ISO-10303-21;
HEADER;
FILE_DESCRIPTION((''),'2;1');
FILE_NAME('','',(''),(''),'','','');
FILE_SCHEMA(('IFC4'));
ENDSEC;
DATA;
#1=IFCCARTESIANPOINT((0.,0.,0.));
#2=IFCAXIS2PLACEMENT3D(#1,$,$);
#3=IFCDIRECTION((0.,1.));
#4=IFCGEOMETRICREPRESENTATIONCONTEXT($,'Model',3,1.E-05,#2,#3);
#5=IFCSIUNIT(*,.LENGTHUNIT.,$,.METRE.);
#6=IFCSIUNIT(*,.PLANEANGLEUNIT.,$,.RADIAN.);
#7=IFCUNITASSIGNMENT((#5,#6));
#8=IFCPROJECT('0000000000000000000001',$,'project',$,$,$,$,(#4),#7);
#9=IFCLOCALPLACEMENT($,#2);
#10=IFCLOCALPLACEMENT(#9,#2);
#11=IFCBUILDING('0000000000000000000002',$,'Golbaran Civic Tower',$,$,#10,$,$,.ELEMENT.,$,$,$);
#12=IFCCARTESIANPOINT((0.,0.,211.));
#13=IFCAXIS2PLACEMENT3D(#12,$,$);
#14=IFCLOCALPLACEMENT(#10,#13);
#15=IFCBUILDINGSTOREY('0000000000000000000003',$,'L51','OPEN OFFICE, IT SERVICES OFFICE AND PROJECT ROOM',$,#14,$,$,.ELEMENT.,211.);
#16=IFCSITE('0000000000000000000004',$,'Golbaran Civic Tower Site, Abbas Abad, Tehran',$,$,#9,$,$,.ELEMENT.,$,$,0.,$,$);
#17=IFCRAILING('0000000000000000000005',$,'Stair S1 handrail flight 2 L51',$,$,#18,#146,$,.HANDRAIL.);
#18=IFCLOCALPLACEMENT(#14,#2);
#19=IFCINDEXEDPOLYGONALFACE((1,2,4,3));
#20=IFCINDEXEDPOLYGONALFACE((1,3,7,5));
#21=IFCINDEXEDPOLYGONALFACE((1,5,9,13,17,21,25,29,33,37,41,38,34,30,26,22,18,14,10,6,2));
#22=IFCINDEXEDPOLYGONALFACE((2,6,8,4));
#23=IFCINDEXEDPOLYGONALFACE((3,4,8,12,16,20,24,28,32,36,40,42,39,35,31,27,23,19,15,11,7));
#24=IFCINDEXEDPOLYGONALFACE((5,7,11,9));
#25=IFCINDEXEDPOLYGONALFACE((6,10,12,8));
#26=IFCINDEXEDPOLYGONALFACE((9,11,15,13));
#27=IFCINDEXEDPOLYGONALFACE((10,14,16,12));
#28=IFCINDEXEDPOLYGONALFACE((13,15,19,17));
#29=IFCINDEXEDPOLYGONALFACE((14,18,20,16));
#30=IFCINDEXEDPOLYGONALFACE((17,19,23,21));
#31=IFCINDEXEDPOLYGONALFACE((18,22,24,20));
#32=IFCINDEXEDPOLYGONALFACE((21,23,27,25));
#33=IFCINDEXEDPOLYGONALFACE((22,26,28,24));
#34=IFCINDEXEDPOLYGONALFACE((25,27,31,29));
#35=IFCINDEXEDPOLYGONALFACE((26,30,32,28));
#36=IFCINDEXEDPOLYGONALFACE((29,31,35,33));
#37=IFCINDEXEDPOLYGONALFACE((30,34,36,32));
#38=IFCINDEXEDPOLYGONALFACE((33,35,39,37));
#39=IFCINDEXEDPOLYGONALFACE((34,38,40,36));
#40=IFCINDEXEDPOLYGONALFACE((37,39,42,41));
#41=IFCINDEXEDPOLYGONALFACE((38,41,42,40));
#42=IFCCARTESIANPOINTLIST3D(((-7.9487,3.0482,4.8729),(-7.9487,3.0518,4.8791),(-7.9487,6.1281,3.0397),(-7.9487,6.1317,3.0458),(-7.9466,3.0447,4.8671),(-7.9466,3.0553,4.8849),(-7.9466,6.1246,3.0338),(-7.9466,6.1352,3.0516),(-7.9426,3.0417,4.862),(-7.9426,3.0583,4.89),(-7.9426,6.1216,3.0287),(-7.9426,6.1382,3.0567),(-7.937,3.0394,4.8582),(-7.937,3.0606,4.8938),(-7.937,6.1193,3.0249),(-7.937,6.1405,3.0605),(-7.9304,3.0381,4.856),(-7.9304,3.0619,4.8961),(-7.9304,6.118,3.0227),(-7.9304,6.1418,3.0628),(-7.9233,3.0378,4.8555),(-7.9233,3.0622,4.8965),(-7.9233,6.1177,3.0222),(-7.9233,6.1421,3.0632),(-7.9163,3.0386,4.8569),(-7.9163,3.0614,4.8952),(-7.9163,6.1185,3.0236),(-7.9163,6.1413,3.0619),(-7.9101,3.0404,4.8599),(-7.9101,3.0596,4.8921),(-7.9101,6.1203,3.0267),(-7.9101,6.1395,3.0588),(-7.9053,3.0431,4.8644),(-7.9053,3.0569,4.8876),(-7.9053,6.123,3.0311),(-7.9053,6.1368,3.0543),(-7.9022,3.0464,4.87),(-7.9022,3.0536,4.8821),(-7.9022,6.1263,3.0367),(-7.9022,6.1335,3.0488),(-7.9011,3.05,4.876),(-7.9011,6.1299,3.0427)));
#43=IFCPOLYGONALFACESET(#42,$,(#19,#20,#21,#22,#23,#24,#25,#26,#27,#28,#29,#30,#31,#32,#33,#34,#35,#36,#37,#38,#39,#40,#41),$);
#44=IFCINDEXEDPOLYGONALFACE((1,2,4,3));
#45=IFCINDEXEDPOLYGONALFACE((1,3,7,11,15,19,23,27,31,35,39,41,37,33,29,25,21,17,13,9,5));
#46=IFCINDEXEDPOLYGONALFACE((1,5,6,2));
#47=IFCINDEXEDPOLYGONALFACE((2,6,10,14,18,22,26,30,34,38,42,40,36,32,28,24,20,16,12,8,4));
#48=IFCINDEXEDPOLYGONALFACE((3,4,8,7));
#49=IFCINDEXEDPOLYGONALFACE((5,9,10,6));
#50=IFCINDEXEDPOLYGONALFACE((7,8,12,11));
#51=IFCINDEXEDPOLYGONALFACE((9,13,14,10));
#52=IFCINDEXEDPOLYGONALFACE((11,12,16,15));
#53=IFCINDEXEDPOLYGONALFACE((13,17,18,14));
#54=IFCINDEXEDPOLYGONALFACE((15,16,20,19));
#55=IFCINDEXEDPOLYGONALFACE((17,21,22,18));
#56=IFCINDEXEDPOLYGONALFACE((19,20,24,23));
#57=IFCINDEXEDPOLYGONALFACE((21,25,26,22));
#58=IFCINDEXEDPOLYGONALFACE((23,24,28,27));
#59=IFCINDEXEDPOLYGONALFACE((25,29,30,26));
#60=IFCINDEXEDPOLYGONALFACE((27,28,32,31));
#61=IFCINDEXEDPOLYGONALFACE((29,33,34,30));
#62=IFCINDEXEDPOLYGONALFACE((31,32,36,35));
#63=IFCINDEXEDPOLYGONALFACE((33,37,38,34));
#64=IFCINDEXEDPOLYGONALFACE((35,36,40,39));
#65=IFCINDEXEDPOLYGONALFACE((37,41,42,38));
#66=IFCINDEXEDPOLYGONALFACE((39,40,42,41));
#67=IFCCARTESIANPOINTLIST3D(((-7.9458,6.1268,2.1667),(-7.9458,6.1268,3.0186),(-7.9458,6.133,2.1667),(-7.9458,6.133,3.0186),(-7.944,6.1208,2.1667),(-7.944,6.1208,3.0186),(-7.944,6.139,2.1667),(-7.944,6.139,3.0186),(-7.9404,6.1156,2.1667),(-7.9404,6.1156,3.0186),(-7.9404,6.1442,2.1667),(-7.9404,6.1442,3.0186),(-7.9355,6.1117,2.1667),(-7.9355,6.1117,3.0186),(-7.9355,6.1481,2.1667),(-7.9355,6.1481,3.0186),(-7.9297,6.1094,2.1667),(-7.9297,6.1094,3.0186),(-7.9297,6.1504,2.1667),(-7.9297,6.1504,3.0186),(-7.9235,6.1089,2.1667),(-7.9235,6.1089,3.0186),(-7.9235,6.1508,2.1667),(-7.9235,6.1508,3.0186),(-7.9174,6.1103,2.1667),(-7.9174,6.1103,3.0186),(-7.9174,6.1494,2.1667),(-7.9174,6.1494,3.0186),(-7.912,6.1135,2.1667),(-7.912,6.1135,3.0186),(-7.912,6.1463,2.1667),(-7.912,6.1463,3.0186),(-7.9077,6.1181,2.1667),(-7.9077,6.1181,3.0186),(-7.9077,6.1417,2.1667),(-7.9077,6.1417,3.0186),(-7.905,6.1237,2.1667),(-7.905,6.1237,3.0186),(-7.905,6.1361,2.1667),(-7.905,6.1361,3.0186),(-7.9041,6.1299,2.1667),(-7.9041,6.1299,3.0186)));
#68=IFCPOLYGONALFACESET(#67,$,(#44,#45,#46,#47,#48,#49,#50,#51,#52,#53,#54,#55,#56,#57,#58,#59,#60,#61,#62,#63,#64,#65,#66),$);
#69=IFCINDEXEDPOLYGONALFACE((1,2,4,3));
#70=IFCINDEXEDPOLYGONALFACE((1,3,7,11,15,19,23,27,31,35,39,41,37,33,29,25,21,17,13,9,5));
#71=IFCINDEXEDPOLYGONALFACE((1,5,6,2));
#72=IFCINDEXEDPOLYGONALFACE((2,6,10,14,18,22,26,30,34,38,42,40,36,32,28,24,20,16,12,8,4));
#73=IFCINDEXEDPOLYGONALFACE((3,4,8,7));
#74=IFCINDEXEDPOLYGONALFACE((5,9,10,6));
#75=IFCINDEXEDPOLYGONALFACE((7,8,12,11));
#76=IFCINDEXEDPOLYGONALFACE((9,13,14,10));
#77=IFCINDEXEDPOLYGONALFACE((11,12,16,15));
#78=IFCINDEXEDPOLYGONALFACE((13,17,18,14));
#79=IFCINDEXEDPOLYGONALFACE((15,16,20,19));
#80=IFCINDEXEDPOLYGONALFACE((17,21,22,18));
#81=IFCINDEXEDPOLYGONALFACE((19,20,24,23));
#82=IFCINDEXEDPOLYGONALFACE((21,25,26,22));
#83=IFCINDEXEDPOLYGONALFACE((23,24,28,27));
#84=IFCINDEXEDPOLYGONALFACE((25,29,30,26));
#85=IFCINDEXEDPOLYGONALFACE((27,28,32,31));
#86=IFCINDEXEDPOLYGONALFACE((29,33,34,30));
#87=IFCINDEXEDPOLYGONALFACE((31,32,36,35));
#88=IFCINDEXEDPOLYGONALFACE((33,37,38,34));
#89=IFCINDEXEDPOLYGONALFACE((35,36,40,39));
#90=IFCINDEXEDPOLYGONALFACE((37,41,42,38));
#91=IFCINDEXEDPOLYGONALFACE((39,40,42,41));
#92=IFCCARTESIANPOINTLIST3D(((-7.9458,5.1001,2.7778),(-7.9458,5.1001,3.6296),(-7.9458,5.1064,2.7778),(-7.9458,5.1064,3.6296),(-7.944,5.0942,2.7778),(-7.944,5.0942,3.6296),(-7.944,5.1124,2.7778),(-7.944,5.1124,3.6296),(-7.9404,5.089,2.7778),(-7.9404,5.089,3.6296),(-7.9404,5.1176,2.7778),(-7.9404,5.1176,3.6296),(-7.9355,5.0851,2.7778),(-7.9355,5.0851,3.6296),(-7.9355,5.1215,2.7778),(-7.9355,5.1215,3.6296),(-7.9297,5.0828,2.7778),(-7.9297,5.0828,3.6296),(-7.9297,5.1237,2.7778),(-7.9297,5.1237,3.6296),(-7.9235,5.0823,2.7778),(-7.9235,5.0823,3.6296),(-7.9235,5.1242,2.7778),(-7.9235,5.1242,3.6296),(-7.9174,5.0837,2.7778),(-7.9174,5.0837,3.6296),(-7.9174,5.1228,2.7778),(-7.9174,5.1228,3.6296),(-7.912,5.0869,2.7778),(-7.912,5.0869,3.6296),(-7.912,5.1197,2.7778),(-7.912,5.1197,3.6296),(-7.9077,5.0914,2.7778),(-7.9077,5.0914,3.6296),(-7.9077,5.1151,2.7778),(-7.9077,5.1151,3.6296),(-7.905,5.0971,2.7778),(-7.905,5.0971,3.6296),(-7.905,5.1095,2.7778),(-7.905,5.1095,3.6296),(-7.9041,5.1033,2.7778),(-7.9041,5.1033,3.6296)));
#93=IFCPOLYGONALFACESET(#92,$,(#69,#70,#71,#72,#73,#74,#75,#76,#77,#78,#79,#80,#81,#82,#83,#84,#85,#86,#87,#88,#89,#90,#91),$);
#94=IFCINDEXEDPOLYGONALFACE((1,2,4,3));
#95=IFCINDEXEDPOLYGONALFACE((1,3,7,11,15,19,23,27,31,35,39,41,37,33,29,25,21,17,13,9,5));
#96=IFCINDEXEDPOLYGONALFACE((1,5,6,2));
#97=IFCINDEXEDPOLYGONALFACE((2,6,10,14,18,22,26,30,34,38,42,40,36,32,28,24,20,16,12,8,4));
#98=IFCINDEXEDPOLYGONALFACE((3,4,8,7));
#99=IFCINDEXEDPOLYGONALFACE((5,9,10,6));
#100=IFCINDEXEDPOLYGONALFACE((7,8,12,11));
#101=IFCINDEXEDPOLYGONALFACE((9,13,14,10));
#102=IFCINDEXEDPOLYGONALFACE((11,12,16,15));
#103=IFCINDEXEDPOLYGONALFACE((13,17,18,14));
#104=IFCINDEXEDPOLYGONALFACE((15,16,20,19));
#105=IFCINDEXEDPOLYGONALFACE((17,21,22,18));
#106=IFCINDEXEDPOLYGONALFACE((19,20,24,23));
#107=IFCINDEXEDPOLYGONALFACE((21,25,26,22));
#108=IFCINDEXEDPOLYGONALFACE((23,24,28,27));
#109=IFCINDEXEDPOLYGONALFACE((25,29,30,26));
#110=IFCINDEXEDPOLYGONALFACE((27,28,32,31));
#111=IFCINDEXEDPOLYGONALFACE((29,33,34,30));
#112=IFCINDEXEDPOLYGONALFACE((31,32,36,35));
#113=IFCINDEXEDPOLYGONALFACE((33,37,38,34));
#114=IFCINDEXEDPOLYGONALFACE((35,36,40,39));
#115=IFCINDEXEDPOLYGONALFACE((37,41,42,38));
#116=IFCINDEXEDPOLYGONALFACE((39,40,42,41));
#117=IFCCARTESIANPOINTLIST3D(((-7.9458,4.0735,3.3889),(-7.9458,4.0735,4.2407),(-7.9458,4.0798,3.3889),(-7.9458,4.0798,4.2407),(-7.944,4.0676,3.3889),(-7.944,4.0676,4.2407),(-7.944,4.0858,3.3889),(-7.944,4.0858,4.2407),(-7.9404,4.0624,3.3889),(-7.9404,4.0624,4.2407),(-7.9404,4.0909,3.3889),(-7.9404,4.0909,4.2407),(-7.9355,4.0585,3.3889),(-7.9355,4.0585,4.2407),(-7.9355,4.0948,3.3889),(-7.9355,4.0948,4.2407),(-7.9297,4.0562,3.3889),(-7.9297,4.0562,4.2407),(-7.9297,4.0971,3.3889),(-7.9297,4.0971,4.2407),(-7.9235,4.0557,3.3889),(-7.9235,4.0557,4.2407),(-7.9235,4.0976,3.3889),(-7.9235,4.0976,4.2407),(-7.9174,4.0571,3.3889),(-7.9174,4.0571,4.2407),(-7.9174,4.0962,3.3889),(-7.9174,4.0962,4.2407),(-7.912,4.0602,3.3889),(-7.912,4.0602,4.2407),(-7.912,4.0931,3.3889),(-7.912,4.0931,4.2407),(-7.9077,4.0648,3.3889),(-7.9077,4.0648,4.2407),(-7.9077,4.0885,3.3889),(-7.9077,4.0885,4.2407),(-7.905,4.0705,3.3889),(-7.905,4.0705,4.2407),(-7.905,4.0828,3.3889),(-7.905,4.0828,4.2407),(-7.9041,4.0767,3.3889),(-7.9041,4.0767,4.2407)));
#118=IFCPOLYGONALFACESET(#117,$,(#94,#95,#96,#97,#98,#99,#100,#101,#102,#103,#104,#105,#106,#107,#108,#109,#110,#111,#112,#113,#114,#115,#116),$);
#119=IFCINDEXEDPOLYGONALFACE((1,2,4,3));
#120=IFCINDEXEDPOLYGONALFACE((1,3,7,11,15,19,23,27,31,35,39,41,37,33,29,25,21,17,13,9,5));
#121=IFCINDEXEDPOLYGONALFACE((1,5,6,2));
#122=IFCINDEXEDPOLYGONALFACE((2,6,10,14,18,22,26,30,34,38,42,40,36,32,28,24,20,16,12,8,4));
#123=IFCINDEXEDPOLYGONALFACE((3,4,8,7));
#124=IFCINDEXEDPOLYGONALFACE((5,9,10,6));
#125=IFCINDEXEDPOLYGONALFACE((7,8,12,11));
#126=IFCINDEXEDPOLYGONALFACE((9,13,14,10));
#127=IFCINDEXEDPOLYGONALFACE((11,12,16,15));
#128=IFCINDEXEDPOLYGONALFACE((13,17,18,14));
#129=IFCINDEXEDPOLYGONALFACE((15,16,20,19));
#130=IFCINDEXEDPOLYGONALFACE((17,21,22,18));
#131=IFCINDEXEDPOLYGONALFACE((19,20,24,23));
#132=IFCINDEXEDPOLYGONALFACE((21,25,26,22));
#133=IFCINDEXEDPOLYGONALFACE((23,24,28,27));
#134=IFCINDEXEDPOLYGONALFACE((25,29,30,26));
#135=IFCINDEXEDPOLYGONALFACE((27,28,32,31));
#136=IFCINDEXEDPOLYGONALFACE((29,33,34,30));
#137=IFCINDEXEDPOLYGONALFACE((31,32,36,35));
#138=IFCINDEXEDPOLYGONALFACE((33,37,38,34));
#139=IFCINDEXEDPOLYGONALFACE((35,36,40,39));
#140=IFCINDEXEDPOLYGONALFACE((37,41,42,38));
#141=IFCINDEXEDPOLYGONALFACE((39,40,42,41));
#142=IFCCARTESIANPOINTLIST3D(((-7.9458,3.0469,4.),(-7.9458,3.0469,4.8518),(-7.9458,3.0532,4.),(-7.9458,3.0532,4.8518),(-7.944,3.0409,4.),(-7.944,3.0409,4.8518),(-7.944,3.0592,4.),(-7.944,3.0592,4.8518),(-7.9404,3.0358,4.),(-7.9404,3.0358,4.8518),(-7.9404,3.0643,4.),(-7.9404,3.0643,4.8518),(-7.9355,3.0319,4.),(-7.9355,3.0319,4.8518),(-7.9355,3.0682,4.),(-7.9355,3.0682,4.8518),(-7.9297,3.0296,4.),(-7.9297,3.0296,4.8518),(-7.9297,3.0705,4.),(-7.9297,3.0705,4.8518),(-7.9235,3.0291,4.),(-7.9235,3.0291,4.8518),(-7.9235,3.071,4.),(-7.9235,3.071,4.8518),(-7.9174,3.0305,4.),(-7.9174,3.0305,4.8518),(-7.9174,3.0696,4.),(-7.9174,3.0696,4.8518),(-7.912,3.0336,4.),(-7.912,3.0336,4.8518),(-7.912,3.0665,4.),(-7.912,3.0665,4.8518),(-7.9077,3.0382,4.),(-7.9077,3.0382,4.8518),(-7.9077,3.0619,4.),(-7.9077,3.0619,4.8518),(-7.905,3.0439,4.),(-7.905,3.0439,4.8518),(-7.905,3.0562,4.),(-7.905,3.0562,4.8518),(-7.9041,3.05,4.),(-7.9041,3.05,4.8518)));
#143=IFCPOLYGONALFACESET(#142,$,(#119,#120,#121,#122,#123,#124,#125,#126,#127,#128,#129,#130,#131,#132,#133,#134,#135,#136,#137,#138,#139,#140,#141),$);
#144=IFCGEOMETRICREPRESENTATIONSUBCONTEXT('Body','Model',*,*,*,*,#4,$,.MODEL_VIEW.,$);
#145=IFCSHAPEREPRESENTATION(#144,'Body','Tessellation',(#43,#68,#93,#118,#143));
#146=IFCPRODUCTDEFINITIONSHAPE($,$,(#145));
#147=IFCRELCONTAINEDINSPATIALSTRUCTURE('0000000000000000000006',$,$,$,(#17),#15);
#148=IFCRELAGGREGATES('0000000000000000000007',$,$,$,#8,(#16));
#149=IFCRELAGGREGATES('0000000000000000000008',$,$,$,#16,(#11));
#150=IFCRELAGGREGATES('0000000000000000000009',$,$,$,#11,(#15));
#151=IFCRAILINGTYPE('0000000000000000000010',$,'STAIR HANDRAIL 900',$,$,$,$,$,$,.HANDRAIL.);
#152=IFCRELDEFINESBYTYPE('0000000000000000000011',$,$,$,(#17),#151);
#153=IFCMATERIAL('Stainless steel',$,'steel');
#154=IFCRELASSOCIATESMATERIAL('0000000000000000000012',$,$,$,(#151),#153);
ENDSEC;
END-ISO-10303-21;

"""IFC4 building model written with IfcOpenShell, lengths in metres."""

from ifc_helpers import new_model, si_unit, direction, frame, origin, origin_2d, place, context, subcontext, project, spatial, circle, extrude, material, type_object, element, save


model = new_model("IFC4")

# Units and contexts
model_context = context("Model", 3, precision=1e-05, world=origin(), true_north=direction((0.0, 1.0)))
body_context = subcontext(model_context, "Body", "Model", "MODEL_VIEW")
ifc_project = project(units=[si_unit("LENGTHUNIT", "METRE"), si_unit("PLANEANGLEUNIT", "RADIAN")], contexts=[model_context])

# Site, building, storey
site_placement = place(None, origin())
site = spatial("IfcSite", under=ifc_project, at=site_placement, Name="Golbaran Civic Tower Site, Abbas Abad, Tehran", CompositionType="ELEMENT", RefElevation=0.0)
building_placement = place(site_placement, origin())
building = spatial("IfcBuilding", under=site, at=building_placement, Name="Golbaran Civic Tower", CompositionType="ELEMENT")
storey_placement = place(building_placement, frame((0.0, 0.0, 211.0)))
storey = spatial("IfcBuildingStorey", under=building, at=storey_placement, Name="L51", Description="OPEN OFFICE, IT SERVICES OFFICE AND PROJECT ROOM", CompositionType="ELEMENT", Elevation=211.0)

# Shared definitions
ifc_material_1 = material(Name="Stainless steel", Category="steel")

# Railing
railing_type = type_object("IfcRailingType", Name="STAIR HANDRAIL 900", PredefinedType="HANDRAIL", material=ifc_material_1)
railing_1_placement = place(storey_placement, frame((-7.925, 6.1299, 2.1667)))
element("IfcRailing", 1, at=railing_1_placement, inside=storey, type_object=railing_type, Name="Stair S1 handrail flight 2 L51", PredefinedType="HANDRAIL", context=body_context, shape_type="SweptSolid", body=[
    extrude(circle(Radius=0.0239, at=origin_2d()), frame((0.0, 0.0, 0.876), z_axis=(0.0, -0.859291, 0.511487), x_axis=(1.0, 0.0, 0.0)), (0.0, 0.0, 1.0), 3.5842),
    extrude(circle(Radius=0.021, at=origin_2d()), origin(), (0.0, 0.0, 1.0), 0.8518),
    extrude(circle(Radius=0.021, at=origin_2d()), frame((0.0, -1.0266, 0.6111)), (0.0, 0.0, 1.0), 0.8518),
    extrude(circle(Radius=0.021, at=origin_2d()), frame((0.0, -2.0532, 1.2222)), (0.0, 0.0, 1.0), 0.8518),
    extrude(circle(Radius=0.021, at=origin_2d()), frame((0.0, -3.0798, 1.8333)), (0.0, 0.0, 1.0), 0.8518),
])

save(model, "model.ifc")
